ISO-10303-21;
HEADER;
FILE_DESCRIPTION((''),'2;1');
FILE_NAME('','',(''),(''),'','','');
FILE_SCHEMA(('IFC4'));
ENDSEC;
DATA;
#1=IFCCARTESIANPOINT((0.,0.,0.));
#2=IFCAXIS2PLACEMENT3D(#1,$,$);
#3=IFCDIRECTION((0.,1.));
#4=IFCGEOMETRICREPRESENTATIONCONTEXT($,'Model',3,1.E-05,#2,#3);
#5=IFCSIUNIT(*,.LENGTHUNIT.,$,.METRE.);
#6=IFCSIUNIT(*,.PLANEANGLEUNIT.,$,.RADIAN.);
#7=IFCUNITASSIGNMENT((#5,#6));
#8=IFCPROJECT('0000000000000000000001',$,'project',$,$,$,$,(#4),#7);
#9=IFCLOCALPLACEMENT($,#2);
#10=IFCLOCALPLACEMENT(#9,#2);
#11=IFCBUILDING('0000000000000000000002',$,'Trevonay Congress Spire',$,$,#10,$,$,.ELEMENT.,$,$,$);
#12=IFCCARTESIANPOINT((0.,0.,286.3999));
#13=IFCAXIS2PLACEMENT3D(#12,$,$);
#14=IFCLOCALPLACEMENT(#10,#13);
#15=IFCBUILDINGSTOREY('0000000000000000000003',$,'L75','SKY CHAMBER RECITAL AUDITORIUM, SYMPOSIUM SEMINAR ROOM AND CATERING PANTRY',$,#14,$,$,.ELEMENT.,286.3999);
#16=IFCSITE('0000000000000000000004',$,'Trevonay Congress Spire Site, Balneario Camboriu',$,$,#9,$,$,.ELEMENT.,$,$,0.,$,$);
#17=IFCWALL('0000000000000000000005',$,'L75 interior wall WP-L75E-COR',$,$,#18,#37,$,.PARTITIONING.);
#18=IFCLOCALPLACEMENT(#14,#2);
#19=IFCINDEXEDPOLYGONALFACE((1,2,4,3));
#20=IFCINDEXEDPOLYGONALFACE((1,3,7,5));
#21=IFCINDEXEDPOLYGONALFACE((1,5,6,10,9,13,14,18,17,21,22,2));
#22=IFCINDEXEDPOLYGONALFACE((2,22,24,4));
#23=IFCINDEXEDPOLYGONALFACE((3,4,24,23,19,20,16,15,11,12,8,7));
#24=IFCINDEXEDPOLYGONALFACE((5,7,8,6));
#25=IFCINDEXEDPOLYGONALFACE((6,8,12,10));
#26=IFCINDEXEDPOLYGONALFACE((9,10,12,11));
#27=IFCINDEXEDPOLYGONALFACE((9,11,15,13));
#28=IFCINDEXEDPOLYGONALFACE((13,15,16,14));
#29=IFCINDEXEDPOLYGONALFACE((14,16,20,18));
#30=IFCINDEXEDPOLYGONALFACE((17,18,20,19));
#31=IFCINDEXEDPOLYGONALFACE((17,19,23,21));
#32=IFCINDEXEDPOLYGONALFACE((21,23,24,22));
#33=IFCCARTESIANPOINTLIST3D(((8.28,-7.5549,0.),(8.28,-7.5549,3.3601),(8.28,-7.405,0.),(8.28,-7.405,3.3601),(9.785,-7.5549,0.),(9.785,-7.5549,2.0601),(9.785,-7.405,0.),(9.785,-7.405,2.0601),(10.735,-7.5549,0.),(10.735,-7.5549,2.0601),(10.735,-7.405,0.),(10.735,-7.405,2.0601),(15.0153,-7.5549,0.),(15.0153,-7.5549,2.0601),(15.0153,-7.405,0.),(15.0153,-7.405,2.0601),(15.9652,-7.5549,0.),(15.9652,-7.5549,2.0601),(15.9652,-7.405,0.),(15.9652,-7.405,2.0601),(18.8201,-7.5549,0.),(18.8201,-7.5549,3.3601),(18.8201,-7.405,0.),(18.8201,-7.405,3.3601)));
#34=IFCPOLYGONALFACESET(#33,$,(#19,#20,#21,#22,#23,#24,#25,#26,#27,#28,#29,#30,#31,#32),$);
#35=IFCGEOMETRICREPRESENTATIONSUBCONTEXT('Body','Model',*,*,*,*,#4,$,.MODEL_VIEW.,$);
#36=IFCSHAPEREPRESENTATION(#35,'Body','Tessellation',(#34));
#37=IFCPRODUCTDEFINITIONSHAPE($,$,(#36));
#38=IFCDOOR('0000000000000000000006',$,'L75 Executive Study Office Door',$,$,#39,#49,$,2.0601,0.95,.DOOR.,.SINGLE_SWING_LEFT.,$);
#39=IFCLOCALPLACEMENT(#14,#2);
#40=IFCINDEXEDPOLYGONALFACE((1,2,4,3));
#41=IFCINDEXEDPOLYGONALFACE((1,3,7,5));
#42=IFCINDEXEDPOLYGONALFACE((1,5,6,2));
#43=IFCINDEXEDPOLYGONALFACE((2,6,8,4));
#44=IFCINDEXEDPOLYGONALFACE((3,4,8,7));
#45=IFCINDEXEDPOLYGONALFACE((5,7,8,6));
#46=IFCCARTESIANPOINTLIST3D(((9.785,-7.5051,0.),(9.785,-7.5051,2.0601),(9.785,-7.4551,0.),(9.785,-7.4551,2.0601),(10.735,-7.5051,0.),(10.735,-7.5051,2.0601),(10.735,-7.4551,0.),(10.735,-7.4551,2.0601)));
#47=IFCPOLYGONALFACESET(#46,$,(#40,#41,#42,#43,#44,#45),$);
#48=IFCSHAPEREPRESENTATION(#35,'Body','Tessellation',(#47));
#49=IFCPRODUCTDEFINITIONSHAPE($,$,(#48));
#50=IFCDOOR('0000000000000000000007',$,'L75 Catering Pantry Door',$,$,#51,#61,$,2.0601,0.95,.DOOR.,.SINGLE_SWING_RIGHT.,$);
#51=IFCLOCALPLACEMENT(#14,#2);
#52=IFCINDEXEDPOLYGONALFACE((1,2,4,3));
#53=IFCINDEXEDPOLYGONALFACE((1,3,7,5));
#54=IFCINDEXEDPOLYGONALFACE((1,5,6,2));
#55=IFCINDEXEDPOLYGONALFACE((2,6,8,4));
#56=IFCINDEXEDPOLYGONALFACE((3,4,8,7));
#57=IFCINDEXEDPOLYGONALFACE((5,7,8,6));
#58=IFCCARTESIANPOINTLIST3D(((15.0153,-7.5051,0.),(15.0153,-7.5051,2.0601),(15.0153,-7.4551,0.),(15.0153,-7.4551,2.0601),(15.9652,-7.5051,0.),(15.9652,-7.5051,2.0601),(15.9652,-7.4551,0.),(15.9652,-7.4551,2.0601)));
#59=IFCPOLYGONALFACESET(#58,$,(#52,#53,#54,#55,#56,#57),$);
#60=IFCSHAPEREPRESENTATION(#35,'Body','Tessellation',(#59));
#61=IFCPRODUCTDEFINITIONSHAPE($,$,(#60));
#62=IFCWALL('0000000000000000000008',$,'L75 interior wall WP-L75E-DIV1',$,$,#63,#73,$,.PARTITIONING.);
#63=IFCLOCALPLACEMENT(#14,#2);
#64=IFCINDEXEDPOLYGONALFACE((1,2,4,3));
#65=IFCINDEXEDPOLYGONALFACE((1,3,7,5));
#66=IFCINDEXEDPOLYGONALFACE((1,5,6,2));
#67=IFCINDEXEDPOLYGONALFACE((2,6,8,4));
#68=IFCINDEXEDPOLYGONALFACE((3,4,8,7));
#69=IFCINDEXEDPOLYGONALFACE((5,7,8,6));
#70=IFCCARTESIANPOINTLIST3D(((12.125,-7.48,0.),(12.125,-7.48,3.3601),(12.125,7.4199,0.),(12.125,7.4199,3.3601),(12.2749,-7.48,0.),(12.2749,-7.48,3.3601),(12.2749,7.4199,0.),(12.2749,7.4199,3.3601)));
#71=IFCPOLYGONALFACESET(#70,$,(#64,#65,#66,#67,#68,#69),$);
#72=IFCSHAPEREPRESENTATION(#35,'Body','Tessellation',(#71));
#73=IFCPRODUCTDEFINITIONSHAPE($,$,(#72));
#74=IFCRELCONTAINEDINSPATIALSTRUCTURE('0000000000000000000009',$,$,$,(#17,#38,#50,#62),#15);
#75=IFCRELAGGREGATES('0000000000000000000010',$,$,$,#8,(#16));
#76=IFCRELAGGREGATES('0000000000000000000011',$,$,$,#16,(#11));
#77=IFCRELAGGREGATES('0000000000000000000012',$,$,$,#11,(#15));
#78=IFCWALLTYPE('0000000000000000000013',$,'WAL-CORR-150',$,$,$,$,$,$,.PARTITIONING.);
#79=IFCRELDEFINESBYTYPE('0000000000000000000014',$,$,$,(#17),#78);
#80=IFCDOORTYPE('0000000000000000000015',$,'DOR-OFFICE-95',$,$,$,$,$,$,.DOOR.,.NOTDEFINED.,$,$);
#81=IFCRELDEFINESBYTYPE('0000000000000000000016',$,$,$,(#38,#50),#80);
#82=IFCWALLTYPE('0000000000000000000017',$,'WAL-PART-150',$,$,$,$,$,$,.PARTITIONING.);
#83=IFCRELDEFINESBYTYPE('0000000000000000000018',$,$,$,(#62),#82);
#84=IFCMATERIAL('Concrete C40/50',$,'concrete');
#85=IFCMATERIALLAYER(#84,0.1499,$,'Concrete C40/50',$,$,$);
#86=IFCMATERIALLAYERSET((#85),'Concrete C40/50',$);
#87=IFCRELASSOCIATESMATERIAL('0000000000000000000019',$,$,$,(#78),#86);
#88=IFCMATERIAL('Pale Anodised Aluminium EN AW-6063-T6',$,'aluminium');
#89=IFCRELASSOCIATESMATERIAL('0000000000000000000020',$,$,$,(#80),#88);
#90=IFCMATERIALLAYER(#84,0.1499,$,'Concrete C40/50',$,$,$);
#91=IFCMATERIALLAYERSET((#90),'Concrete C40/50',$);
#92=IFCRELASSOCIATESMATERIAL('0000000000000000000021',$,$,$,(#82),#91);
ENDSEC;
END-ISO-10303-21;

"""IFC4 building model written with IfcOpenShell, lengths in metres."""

from ifc_helpers import new_model, si_unit, direction, frame, frame_2d, origin, place, context, subcontext, project, spatial, rectangle, extrude, material, layer, layer_set, type_object, element, fill, save


model = new_model("IFC4")

# Units and contexts
model_context = context("Model", 3, precision=1e-05, world=origin(), true_north=direction((0.0, 1.0)))
body_context = subcontext(model_context, "Body", "Model", "MODEL_VIEW")
ifc_project = project(units=[si_unit("LENGTHUNIT", "METRE"), si_unit("PLANEANGLEUNIT", "RADIAN")], contexts=[model_context])

# Site, building, storey
site_placement = place(None, origin())
site = spatial("IfcSite", under=ifc_project, at=site_placement, Name="Trevonay Congress Spire Site, Balneario Camboriu", CompositionType="ELEMENT", RefElevation=0.0)
building_placement = place(site_placement, origin())
building = spatial("IfcBuilding", under=site, at=building_placement, Name="Trevonay Congress Spire", CompositionType="ELEMENT")
storey_placement = place(building_placement, frame((0.0, 0.0, 286.3999)))
storey = spatial("IfcBuildingStorey", under=building, at=storey_placement, Name="L75", Description="SKY CHAMBER RECITAL AUDITORIUM, SYMPOSIUM SEMINAR ROOM AND CATERING PANTRY", CompositionType="ELEMENT", Elevation=286.3999)

# Shared definitions
ifc_material_1 = material(Name="Pale Anodised Aluminium EN AW-6063-T6", Category="aluminium")

# Shared definitions
ifc_material_2 = material(Name="Concrete C40/50", Category="concrete")
ifc_layer_1 = layer(ifc_material_2, 0.1499, Name="Concrete C40/50")
ifc_layer_set_1 = layer_set([ifc_layer_1], Name="Concrete C40/50")
wall_type_1 = type_object("IfcWallType", Name="WAL-CORR-150", PredefinedType="PARTITIONING", material=ifc_layer_set_1)

# Wall, openings, doors
wall_1_placement = place(storey_placement, frame((8.28, -7.48, 0.0), z_axis=(0.0, 0.0, 1.0), x_axis=(1.0, 0.0, 0.0)))
wall_1 = element("IfcWall", 1, at=wall_1_placement, inside=storey, type_object=wall_type_1, Name="L75 interior wall WP-L75E-COR", PredefinedType="PARTITIONING", context=body_context, shape_type="SweptSolid", body=[
    extrude(rectangle(XDim=10.54, YDim=0.1499, at=frame_2d((5.27, 0.0))), origin(), (0.0, 0.0, 1.0), 3.3601),
])
opening_1_placement = place(wall_1_placement, frame((1.5049, 0.0, 0.0)))
opening_1 = element("IfcOpeningElement", 2, at=opening_1_placement, cuts=wall_1, PredefinedType="OPENING", context=body_context, shape_type="SweptSolid", body=[
    extrude(rectangle(XDim=0.95, YDim=2.0601, at=frame_2d((0.4751, 1.03))), frame((0.0, 0.085, 0.0), z_axis=(0.0, -1.0, 0.0), x_axis=(1.0, 0.0, 0.0)), (0.0, 0.0, 1.0), 0.1699),
])
opening_2_placement = place(wall_1_placement, frame((6.7351, 0.0, 0.0)))
opening_2 = element("IfcOpeningElement", 3, at=opening_2_placement, cuts=wall_1, PredefinedType="OPENING", context=body_context, shape_type="SweptSolid", body=[
    extrude(rectangle(XDim=0.95, YDim=2.0601, at=frame_2d((0.4751, 1.03))), frame((0.0, 0.085, 0.0), z_axis=(0.0, -1.0, 0.0), x_axis=(1.0, 0.0, 0.0)), (0.0, 0.0, 1.0), 0.1699),
])
door_type = type_object("IfcDoorType", Name="DOR-OFFICE-95", OperationType="NOTDEFINED", PredefinedType="DOOR", material=ifc_material_1)
door_1_placement = place(opening_1_placement, origin())
door_1 = element("IfcDoor", 4, at=door_1_placement, inside=storey, type_object=door_type, Name="L75 Executive Study Office Door", OperationType="SINGLE_SWING_LEFT", OverallHeight=2.0601, OverallWidth=0.95, PredefinedType="DOOR", context=body_context, shape_type="SweptSolid", body=[
    extrude(rectangle(XDim=0.95, YDim=2.0601, at=frame_2d((0.4751, 1.03))), frame((0.0, 0.0249, 0.0), z_axis=(0.0, -1.0, 0.0), x_axis=(1.0, 0.0, 0.0)), (0.0, 0.0, 1.0), 0.05),
])
fill(opening_1, door_1)
door_2_placement = place(opening_2_placement, origin())
door_2 = element("IfcDoor", 5, at=door_2_placement, inside=storey, type_object=door_type, Name="L75 Catering Pantry Door", OperationType="SINGLE_SWING_RIGHT", OverallHeight=2.0601, OverallWidth=0.95, PredefinedType="DOOR", context=body_context, shape_type="SweptSolid", body=[
    extrude(rectangle(XDim=0.95, YDim=2.0601, at=frame_2d((0.4751, 1.03))), frame((0.0, 0.0249, 0.0), z_axis=(0.0, -1.0, 0.0), x_axis=(1.0, 0.0, 0.0)), (0.0, 0.0, 1.0), 0.05),
])
fill(opening_2, door_2)

# Wall
ifc_layer_2 = layer(ifc_material_2, 0.1499, Name="Concrete C40/50")
ifc_layer_set_2 = layer_set([ifc_layer_2], Name="Concrete C40/50")
wall_type_2 = type_object("IfcWallType", Name="WAL-PART-150", PredefinedType="PARTITIONING", material=ifc_layer_set_2)
wall_2_placement = place(storey_placement, frame((12.2, -7.48, 0.0), z_axis=(0.0, 0.0, 1.0), x_axis=(0.0, 1.0, 0.0)))
element("IfcWall", 6, at=wall_2_placement, inside=storey, type_object=wall_type_2, Name="L75 interior wall WP-L75E-DIV1", PredefinedType="PARTITIONING", context=body_context, shape_type="SweptSolid", body=[
    extrude(rectangle(XDim=14.8999, YDim=0.1499, at=frame_2d((7.45, 0.0))), origin(), (0.0, 0.0, 1.0), 3.3601),
])

save(model, "model.ifc")
